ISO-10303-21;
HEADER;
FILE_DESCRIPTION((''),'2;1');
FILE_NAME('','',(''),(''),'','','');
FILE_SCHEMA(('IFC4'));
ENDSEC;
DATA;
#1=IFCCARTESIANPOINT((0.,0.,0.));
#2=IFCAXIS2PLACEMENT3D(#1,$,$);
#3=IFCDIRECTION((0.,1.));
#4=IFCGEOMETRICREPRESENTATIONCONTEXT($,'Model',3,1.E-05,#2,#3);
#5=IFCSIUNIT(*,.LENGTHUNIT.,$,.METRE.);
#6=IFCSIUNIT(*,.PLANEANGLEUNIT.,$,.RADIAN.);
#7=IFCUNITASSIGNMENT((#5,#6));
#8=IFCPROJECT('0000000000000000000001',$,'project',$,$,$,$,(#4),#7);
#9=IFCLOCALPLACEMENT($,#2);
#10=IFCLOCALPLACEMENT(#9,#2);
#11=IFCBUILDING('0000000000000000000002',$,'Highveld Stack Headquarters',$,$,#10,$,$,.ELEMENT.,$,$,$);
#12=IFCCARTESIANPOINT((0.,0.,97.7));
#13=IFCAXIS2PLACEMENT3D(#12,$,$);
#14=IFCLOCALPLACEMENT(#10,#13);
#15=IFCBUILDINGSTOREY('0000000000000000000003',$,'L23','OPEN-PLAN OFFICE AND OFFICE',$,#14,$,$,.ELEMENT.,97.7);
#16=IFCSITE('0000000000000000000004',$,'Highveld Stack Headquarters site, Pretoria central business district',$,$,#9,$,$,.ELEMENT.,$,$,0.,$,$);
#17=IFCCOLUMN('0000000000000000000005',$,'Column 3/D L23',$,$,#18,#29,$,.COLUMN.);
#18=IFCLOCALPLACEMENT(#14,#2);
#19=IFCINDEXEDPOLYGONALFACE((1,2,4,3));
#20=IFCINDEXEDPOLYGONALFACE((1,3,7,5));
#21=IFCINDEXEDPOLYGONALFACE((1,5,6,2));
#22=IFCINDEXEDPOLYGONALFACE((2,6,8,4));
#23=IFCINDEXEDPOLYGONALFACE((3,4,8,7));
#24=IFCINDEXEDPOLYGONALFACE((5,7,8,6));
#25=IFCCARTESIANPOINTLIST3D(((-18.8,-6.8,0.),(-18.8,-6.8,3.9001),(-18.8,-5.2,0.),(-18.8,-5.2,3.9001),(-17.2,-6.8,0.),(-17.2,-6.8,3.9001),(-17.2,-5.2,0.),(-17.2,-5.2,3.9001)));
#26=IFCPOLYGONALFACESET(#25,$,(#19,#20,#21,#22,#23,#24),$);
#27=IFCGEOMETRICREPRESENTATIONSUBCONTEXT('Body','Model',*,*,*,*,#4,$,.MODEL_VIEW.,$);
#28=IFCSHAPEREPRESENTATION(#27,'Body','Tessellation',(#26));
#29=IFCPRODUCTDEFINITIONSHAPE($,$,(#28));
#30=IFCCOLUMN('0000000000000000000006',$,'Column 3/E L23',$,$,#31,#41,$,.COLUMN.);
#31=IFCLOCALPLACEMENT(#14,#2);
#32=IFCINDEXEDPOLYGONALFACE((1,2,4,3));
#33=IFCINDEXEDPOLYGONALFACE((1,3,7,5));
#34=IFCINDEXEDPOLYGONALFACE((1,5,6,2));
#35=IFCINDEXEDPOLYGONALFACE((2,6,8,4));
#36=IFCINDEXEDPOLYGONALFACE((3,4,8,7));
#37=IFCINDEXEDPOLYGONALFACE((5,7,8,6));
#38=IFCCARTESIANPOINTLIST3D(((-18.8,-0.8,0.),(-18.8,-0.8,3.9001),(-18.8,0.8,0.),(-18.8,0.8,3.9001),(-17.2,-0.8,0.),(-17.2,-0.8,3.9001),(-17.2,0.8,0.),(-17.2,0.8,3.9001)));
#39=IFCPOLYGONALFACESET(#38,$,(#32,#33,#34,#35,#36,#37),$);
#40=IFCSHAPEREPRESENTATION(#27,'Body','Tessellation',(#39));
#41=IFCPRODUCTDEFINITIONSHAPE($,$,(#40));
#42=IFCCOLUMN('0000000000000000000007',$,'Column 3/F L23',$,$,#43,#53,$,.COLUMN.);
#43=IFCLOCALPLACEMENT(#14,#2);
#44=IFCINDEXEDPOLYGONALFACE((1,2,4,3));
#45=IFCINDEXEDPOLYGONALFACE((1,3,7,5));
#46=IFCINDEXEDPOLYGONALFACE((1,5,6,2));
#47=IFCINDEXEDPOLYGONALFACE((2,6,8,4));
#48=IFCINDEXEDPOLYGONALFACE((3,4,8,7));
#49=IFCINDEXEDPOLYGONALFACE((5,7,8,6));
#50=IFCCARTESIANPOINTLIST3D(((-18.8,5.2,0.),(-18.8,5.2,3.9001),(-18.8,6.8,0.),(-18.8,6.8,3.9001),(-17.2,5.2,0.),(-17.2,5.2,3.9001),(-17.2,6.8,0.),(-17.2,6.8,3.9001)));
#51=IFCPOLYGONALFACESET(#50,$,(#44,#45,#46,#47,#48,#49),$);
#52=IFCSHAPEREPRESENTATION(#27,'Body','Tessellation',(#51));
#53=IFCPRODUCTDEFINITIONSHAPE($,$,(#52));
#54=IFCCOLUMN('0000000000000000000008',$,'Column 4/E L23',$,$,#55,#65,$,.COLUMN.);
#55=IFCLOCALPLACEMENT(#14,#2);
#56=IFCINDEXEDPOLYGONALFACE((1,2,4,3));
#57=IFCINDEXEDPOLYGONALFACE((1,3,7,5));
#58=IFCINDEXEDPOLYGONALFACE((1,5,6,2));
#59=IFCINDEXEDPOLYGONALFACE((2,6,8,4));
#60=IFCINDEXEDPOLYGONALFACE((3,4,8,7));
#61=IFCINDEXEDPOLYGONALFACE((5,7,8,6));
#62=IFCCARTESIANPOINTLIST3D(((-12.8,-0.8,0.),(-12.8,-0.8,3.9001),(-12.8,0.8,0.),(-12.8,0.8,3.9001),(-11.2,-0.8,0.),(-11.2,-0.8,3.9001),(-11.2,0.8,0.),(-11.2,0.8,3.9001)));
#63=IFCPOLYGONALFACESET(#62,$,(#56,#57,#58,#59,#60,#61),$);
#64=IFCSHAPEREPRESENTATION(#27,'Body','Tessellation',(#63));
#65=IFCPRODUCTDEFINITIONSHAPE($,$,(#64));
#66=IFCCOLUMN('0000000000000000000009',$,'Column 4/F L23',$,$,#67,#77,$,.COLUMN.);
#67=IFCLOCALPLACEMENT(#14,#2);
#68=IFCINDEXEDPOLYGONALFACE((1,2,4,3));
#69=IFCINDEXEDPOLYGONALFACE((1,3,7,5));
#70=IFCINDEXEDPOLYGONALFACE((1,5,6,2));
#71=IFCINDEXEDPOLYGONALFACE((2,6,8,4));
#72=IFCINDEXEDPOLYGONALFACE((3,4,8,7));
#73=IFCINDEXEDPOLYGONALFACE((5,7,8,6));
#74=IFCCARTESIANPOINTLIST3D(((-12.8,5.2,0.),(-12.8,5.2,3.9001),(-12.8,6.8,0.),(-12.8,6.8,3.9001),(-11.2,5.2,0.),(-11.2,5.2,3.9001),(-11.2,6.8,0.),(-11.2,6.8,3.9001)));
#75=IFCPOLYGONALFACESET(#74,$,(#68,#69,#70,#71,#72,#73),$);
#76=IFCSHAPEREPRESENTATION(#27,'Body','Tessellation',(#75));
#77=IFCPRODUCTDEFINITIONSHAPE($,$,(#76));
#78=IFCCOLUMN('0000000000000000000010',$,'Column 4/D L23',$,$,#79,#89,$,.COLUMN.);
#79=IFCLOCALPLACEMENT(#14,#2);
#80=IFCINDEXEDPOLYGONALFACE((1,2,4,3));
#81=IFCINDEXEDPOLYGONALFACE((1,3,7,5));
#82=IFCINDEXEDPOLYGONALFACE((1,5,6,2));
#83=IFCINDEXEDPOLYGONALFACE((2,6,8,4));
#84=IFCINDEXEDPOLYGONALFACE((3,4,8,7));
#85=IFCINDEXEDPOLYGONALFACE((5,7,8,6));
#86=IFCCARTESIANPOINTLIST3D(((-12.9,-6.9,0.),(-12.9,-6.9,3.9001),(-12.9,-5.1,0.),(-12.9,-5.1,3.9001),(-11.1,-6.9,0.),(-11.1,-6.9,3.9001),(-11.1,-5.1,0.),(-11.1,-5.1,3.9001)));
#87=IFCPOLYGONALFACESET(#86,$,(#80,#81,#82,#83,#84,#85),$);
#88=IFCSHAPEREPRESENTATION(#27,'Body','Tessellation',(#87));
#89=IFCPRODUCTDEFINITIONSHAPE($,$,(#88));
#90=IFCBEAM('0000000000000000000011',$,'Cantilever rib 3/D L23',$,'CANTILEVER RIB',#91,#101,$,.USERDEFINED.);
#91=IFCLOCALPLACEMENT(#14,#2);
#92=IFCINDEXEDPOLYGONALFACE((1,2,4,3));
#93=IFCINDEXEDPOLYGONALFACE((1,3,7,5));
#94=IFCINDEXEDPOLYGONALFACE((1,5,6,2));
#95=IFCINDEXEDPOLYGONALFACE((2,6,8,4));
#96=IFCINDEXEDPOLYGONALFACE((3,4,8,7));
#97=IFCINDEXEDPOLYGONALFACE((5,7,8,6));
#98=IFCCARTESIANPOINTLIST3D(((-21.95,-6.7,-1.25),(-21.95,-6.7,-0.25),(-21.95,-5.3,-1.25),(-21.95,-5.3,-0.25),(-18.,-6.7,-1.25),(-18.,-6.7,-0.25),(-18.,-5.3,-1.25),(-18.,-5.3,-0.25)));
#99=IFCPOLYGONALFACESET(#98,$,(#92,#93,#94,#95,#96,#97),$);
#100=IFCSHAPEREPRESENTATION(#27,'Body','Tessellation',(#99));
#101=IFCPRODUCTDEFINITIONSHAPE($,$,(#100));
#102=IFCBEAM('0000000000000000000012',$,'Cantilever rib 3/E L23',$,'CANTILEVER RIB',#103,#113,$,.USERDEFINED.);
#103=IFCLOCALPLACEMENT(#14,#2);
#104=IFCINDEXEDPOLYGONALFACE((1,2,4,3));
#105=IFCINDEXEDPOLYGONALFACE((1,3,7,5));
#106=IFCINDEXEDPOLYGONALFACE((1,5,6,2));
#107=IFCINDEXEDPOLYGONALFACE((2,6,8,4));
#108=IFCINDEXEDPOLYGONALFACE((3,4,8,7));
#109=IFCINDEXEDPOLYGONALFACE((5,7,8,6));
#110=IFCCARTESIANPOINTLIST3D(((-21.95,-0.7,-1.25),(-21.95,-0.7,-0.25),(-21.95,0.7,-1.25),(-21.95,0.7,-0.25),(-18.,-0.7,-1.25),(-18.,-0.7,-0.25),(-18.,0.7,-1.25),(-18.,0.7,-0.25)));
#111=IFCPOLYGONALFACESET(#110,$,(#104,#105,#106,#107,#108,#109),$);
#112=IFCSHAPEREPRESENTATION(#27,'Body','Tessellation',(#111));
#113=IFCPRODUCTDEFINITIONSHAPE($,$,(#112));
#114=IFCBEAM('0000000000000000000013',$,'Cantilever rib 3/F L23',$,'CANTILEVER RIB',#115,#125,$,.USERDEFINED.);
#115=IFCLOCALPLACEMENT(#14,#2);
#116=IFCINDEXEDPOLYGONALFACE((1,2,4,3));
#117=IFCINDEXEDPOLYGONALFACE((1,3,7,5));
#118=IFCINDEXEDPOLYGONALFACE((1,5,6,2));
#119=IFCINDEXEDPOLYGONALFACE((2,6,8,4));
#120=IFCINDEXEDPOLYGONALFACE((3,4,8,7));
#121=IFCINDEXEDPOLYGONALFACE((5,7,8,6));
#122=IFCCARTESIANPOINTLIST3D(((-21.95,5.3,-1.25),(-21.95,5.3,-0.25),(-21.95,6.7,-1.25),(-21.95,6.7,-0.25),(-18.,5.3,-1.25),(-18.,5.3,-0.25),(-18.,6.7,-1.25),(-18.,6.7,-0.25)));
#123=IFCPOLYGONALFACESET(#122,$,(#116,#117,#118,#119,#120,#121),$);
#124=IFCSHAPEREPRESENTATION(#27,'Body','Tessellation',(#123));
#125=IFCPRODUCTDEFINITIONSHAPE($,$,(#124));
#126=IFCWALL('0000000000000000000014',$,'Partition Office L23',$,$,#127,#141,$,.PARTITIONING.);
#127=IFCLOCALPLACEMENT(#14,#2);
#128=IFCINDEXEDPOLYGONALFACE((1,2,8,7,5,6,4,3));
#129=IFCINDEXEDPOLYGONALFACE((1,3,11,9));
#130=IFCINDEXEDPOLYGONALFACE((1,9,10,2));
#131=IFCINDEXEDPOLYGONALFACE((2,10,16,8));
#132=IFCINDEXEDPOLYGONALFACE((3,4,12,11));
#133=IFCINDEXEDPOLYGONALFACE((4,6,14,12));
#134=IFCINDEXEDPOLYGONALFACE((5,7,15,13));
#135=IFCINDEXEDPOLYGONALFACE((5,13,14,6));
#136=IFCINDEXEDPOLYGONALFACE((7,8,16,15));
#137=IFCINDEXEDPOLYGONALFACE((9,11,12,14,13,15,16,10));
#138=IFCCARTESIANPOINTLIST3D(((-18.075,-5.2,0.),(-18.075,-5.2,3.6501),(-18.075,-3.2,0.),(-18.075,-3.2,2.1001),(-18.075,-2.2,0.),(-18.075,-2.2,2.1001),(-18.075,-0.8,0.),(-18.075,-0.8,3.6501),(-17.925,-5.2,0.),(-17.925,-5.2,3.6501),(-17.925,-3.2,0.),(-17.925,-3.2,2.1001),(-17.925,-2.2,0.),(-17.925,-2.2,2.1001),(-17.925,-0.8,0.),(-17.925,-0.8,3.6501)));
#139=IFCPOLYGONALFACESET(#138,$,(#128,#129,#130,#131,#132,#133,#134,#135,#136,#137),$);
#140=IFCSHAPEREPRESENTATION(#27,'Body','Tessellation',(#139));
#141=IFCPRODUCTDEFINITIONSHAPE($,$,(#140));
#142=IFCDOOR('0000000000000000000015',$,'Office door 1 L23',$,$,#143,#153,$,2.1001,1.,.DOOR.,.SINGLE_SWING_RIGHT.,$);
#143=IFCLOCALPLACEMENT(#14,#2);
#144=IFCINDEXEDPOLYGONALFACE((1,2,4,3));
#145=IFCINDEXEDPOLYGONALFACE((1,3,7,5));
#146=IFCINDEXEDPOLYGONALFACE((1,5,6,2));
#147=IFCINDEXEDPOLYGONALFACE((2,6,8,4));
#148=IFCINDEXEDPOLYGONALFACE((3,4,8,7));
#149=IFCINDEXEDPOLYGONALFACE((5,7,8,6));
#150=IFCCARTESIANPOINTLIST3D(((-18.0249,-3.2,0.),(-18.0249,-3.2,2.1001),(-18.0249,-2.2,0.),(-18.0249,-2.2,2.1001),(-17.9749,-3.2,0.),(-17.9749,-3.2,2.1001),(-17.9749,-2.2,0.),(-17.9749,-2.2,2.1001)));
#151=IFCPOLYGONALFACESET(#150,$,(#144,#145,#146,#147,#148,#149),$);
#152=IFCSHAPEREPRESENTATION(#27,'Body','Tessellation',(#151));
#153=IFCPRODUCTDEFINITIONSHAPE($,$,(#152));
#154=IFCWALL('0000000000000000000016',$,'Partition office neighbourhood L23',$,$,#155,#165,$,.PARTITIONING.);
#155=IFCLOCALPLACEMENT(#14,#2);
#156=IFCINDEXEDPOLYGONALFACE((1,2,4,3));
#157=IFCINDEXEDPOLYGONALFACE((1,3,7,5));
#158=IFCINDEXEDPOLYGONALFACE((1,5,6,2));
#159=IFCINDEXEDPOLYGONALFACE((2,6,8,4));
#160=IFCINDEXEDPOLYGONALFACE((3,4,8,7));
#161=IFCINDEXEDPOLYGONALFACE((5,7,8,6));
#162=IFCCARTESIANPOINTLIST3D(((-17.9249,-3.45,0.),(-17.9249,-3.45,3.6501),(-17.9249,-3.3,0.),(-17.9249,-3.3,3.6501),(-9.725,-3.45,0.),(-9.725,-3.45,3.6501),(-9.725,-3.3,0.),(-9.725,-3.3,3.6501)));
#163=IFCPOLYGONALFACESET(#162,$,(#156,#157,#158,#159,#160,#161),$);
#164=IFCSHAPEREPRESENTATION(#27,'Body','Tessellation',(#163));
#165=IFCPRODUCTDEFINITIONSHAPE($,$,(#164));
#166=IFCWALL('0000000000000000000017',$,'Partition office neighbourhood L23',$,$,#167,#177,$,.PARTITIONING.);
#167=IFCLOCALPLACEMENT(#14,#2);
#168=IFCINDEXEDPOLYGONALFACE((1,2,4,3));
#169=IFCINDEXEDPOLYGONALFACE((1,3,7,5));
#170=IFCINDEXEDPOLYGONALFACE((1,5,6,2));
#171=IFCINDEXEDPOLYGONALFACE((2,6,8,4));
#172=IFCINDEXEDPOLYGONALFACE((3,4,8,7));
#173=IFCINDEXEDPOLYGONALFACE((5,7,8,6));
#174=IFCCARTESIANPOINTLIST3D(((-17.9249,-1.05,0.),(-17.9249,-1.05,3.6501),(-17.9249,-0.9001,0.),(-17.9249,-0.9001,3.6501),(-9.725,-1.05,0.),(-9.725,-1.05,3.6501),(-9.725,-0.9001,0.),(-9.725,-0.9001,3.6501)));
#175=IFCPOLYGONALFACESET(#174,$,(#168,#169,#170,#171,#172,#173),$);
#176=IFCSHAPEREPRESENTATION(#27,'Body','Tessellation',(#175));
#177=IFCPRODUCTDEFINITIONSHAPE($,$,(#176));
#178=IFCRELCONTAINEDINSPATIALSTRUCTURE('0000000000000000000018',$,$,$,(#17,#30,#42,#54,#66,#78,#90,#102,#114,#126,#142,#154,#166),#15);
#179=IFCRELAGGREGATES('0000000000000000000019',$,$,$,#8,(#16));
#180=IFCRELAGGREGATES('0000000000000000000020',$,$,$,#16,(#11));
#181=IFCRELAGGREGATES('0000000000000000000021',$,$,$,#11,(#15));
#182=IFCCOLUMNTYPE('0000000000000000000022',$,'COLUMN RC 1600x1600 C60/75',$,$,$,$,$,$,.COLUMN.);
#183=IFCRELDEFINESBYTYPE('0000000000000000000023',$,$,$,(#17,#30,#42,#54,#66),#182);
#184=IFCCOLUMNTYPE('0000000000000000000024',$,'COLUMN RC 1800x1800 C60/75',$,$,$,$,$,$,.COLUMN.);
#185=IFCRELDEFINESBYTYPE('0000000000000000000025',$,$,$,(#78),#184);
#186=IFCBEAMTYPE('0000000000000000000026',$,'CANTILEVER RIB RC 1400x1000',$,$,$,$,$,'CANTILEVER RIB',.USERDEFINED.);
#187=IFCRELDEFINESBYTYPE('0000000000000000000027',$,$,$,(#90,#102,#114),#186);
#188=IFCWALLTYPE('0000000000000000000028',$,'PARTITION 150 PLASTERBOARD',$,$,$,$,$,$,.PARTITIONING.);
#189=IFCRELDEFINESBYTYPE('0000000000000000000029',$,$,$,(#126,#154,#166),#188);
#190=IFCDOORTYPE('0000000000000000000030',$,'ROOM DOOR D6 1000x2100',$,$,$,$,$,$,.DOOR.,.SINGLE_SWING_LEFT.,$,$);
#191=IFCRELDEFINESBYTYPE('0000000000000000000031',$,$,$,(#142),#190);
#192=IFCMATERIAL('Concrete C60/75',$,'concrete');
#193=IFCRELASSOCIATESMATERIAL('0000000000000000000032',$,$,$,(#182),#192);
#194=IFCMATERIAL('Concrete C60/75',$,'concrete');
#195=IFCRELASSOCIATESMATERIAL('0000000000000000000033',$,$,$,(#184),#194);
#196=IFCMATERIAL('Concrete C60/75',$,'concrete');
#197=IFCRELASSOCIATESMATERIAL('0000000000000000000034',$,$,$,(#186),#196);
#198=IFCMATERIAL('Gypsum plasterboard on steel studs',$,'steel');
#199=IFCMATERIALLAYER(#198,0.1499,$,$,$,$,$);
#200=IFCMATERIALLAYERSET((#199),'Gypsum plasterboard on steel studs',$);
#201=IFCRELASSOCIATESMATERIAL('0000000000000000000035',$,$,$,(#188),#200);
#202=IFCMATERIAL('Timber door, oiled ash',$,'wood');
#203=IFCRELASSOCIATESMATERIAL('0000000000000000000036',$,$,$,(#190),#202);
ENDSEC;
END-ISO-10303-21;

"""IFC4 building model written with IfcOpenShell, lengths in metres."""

from ifc_helpers import new_model, si_unit, direction, frame, frame_2d, origin, origin_2d, place, context, subcontext, project, spatial, rectangle, extrude, material, layer, layer_set, material_profile, profile_set, type_object, element, fill, save


model = new_model("IFC4")

# Units and contexts
model_context = context("Model", 3, precision=1e-05, world=origin(), true_north=direction((0.0, 1.0)))
body_context = subcontext(model_context, "Body", "Model", "MODEL_VIEW")
ifc_project = project(units=[si_unit("LENGTHUNIT", "METRE"), si_unit("PLANEANGLEUNIT", "RADIAN")], contexts=[model_context])

# Site, building, storey
site_placement = place(None, origin())
site = spatial("IfcSite", under=ifc_project, at=site_placement, Name="Highveld Stack Headquarters site, Pretoria central business district", CompositionType="ELEMENT", RefElevation=0.0)
building_placement = place(site_placement, origin())
building = spatial("IfcBuilding", under=site, at=building_placement, Name="Highveld Stack Headquarters", CompositionType="ELEMENT")
storey_placement = place(building_placement, frame((0.0, 0.0, 97.7)))
storey = spatial("IfcBuildingStorey", under=building, at=storey_placement, Name="L23", Description="OPEN-PLAN OFFICE AND OFFICE", CompositionType="ELEMENT", Elevation=97.7)

# Columns
ifc_material_1 = material(Name="Concrete C60/75", Category="concrete")
ifc_material_profile_1 = material_profile(ifc_material_1, rectangle(XDim=1.6001, YDim=1.6001, at=origin_2d()), Name="RC 1600x1600")
ifc_profile_set_1 = profile_set([ifc_material_profile_1], Name="Concrete C60/75")
column_type_1 = type_object("IfcColumnType", Name="COLUMN RC 1600x1600 C60/75", PredefinedType="COLUMN", material=ifc_profile_set_1)
for number, where, z_axis, x_axis, name in (
    (1, (-18.0, -6.0, 0.0), (0.0, 0.0, 1.0), (1.0, 0.0, 0.0), "Column 3/D L23"),
    (2, (-18.0, 0.0, 0.0), (0.0, 0.0, 1.0), (1.0, 0.0, 0.0), "Column 3/E L23"),
    (3, (-18.0, 6.0, 0.0), (0.0, 0.0, 1.0), (1.0, 0.0, 0.0), "Column 3/F L23"),
    (4, (-12.0, 0.0, 0.0), (0.0, 0.0, 1.0), (1.0, 0.0, 0.0), "Column 4/E L23"),
    (5, (-12.0, 6.0, 0.0), (0.0, 0.0, 1.0), (1.0, 0.0, 0.0), "Column 4/F L23"),
):
    element("IfcColumn", number, at=place(storey_placement, frame(where, z_axis=z_axis, x_axis=x_axis)), inside=storey, type_object=column_type_1, Name=name, PredefinedType="COLUMN", context=body_context, shape_type="SweptSolid", body=[
        extrude(rectangle(XDim=1.6001, YDim=1.6001, at=origin_2d()), origin(), (0.0, 0.0, 1.0), 3.9001),
    ])
ifc_material_2 = material(Name="Concrete C60/75", Category="concrete")
ifc_material_profile_2 = material_profile(ifc_material_2, rectangle(XDim=1.8, YDim=1.8, at=origin_2d()), Name="RC 1800x1800")
ifc_profile_set_2 = profile_set([ifc_material_profile_2], Name="Concrete C60/75")
column_type_2 = type_object("IfcColumnType", Name="COLUMN RC 1800x1800 C60/75", PredefinedType="COLUMN", material=ifc_profile_set_2)
column_placement = place(storey_placement, frame((-12.0, -6.0, 0.0), z_axis=(0.0, 0.0, 1.0), x_axis=(1.0, 0.0, 0.0)))
element("IfcColumn", 6, at=column_placement, inside=storey, type_object=column_type_2, Name="Column 4/D L23", PredefinedType="COLUMN", context=body_context, shape_type="SweptSolid", body=[
    extrude(rectangle(XDim=1.8, YDim=1.8, at=origin_2d()), origin(), (0.0, 0.0, 1.0), 3.9001),
])

# Beams
ifc_material_3 = material(Name="Concrete C60/75", Category="concrete")
ifc_material_profile_3 = material_profile(ifc_material_3, rectangle(XDim=1.3999, YDim=1.0, at=origin_2d()), Name="RC 1400x1000")
ifc_profile_set_3 = profile_set([ifc_material_profile_3], Name="Concrete C60/75")
beam_type = type_object("IfcBeamType", Name="CANTILEVER RIB RC 1400x1000", ElementType="CANTILEVER RIB", PredefinedType="USERDEFINED", material=ifc_profile_set_3)
for number, where, z_axis, x_axis, name in (
    (7, (-18.0, -6.0, -0.75), (-1.0, 0.0, 0.0), (0.0, -1.0, 0.0), "Cantilever rib 3/D L23"),
    (8, (-18.0, 0.0, -0.75), (-1.0, 0.0, 0.0), (0.0, -1.0, 0.0), "Cantilever rib 3/E L23"),
    (9, (-18.0, 6.0, -0.75), (-1.0, 0.0, 0.0), (0.0, -1.0, 0.0), "Cantilever rib 3/F L23"),
):
    element("IfcBeam", number, at=place(storey_placement, frame(where, z_axis=z_axis, x_axis=x_axis)), inside=storey, type_object=beam_type, Name=name, ObjectType="CANTILEVER RIB", PredefinedType="USERDEFINED", context=body_context, shape_type="SweptSolid", body=[
        extrude(rectangle(XDim=1.3999, YDim=1.0, at=origin_2d()), origin(), (0.0, 0.0, 1.0), 3.95),
    ])

# Wall, opening, door
ifc_material_4 = material(Name="Gypsum plasterboard on steel studs", Category="steel")
ifc_layer = layer(ifc_material_4, 0.1499)
ifc_layer_set = layer_set([ifc_layer], Name="Gypsum plasterboard on steel studs")
wall_type = type_object("IfcWallType", Name="PARTITION 150 PLASTERBOARD", PredefinedType="PARTITIONING", material=ifc_layer_set)
wall_placement = place(storey_placement, frame((-18.0, -5.2, 0.0), z_axis=(0.0, 0.0, 1.0), x_axis=(0.0, 1.0, 0.0)))
wall = element("IfcWall", 10, at=wall_placement, inside=storey, type_object=wall_type, Name="Partition Office L23", PredefinedType="PARTITIONING", context=body_context, shape_type="SweptSolid", body=[
    extrude(rectangle(XDim=4.3999, YDim=0.1499, at=frame_2d((2.2, 0.0))), origin(), (0.0, 0.0, 1.0), 3.6501),
])
opening_placement = place(wall_placement, frame((2.0, 0.0, 0.0)))
opening = element("IfcOpeningElement", 11, at=opening_placement, cuts=wall, PredefinedType="OPENING", context=body_context, shape_type="SweptSolid", body=[
    extrude(rectangle(XDim=1.0, YDim=2.1001, at=frame_2d((0.5, 1.05))), frame((0.0, 0.085, 0.0), z_axis=(0.0, -1.0, 0.0), x_axis=(1.0, 0.0, 0.0)), (0.0, 0.0, 1.0), 0.1699),
])
ifc_material_5 = material(Name="Timber door, oiled ash", Category="wood")
door_type = type_object("IfcDoorType", Name="ROOM DOOR D6 1000x2100", OperationType="SINGLE_SWING_LEFT", PredefinedType="DOOR", material=ifc_material_5)
door_placement = place(opening_placement, origin())
door = element("IfcDoor", 12, at=door_placement, inside=storey, type_object=door_type, Name="Office door 1 L23", OperationType="SINGLE_SWING_RIGHT", OverallHeight=2.1001, OverallWidth=1.0, PredefinedType="DOOR", context=body_context, shape_type="SweptSolid", body=[
    extrude(rectangle(XDim=1.0, YDim=2.1001, at=frame_2d((0.5, 1.05))), frame((0.0, 0.0249, 0.0), z_axis=(0.0, -1.0, 0.0), x_axis=(1.0, 0.0, 0.0)), (0.0, 0.0, 1.0), 0.05),
])
fill(opening, door)

# Walls
for number, where, z_axis, x_axis, name in (
    (13, (-17.925, -3.375, 0.0), (0.0, 0.0, 1.0), (1.0, 0.0, 0.0), "Partition office neighbourhood L23"),
    (14, (-17.925, -0.9751, 0.0), (0.0, 0.0, 1.0), (1.0, 0.0, 0.0), "Partition office neighbourhood L23"),
):
    element("IfcWall", number, at=place(storey_placement, frame(where, z_axis=z_axis, x_axis=x_axis)), inside=storey, type_object=wall_type, Name=name, PredefinedType="PARTITIONING", context=body_context, shape_type="SweptSolid", body=[
        extrude(rectangle(XDim=8.2, YDim=0.1499, at=frame_2d((4.1001, 0.0))), origin(), (0.0, 0.0, 1.0), 3.6501),
    ])

save(model, "model.ifc")
